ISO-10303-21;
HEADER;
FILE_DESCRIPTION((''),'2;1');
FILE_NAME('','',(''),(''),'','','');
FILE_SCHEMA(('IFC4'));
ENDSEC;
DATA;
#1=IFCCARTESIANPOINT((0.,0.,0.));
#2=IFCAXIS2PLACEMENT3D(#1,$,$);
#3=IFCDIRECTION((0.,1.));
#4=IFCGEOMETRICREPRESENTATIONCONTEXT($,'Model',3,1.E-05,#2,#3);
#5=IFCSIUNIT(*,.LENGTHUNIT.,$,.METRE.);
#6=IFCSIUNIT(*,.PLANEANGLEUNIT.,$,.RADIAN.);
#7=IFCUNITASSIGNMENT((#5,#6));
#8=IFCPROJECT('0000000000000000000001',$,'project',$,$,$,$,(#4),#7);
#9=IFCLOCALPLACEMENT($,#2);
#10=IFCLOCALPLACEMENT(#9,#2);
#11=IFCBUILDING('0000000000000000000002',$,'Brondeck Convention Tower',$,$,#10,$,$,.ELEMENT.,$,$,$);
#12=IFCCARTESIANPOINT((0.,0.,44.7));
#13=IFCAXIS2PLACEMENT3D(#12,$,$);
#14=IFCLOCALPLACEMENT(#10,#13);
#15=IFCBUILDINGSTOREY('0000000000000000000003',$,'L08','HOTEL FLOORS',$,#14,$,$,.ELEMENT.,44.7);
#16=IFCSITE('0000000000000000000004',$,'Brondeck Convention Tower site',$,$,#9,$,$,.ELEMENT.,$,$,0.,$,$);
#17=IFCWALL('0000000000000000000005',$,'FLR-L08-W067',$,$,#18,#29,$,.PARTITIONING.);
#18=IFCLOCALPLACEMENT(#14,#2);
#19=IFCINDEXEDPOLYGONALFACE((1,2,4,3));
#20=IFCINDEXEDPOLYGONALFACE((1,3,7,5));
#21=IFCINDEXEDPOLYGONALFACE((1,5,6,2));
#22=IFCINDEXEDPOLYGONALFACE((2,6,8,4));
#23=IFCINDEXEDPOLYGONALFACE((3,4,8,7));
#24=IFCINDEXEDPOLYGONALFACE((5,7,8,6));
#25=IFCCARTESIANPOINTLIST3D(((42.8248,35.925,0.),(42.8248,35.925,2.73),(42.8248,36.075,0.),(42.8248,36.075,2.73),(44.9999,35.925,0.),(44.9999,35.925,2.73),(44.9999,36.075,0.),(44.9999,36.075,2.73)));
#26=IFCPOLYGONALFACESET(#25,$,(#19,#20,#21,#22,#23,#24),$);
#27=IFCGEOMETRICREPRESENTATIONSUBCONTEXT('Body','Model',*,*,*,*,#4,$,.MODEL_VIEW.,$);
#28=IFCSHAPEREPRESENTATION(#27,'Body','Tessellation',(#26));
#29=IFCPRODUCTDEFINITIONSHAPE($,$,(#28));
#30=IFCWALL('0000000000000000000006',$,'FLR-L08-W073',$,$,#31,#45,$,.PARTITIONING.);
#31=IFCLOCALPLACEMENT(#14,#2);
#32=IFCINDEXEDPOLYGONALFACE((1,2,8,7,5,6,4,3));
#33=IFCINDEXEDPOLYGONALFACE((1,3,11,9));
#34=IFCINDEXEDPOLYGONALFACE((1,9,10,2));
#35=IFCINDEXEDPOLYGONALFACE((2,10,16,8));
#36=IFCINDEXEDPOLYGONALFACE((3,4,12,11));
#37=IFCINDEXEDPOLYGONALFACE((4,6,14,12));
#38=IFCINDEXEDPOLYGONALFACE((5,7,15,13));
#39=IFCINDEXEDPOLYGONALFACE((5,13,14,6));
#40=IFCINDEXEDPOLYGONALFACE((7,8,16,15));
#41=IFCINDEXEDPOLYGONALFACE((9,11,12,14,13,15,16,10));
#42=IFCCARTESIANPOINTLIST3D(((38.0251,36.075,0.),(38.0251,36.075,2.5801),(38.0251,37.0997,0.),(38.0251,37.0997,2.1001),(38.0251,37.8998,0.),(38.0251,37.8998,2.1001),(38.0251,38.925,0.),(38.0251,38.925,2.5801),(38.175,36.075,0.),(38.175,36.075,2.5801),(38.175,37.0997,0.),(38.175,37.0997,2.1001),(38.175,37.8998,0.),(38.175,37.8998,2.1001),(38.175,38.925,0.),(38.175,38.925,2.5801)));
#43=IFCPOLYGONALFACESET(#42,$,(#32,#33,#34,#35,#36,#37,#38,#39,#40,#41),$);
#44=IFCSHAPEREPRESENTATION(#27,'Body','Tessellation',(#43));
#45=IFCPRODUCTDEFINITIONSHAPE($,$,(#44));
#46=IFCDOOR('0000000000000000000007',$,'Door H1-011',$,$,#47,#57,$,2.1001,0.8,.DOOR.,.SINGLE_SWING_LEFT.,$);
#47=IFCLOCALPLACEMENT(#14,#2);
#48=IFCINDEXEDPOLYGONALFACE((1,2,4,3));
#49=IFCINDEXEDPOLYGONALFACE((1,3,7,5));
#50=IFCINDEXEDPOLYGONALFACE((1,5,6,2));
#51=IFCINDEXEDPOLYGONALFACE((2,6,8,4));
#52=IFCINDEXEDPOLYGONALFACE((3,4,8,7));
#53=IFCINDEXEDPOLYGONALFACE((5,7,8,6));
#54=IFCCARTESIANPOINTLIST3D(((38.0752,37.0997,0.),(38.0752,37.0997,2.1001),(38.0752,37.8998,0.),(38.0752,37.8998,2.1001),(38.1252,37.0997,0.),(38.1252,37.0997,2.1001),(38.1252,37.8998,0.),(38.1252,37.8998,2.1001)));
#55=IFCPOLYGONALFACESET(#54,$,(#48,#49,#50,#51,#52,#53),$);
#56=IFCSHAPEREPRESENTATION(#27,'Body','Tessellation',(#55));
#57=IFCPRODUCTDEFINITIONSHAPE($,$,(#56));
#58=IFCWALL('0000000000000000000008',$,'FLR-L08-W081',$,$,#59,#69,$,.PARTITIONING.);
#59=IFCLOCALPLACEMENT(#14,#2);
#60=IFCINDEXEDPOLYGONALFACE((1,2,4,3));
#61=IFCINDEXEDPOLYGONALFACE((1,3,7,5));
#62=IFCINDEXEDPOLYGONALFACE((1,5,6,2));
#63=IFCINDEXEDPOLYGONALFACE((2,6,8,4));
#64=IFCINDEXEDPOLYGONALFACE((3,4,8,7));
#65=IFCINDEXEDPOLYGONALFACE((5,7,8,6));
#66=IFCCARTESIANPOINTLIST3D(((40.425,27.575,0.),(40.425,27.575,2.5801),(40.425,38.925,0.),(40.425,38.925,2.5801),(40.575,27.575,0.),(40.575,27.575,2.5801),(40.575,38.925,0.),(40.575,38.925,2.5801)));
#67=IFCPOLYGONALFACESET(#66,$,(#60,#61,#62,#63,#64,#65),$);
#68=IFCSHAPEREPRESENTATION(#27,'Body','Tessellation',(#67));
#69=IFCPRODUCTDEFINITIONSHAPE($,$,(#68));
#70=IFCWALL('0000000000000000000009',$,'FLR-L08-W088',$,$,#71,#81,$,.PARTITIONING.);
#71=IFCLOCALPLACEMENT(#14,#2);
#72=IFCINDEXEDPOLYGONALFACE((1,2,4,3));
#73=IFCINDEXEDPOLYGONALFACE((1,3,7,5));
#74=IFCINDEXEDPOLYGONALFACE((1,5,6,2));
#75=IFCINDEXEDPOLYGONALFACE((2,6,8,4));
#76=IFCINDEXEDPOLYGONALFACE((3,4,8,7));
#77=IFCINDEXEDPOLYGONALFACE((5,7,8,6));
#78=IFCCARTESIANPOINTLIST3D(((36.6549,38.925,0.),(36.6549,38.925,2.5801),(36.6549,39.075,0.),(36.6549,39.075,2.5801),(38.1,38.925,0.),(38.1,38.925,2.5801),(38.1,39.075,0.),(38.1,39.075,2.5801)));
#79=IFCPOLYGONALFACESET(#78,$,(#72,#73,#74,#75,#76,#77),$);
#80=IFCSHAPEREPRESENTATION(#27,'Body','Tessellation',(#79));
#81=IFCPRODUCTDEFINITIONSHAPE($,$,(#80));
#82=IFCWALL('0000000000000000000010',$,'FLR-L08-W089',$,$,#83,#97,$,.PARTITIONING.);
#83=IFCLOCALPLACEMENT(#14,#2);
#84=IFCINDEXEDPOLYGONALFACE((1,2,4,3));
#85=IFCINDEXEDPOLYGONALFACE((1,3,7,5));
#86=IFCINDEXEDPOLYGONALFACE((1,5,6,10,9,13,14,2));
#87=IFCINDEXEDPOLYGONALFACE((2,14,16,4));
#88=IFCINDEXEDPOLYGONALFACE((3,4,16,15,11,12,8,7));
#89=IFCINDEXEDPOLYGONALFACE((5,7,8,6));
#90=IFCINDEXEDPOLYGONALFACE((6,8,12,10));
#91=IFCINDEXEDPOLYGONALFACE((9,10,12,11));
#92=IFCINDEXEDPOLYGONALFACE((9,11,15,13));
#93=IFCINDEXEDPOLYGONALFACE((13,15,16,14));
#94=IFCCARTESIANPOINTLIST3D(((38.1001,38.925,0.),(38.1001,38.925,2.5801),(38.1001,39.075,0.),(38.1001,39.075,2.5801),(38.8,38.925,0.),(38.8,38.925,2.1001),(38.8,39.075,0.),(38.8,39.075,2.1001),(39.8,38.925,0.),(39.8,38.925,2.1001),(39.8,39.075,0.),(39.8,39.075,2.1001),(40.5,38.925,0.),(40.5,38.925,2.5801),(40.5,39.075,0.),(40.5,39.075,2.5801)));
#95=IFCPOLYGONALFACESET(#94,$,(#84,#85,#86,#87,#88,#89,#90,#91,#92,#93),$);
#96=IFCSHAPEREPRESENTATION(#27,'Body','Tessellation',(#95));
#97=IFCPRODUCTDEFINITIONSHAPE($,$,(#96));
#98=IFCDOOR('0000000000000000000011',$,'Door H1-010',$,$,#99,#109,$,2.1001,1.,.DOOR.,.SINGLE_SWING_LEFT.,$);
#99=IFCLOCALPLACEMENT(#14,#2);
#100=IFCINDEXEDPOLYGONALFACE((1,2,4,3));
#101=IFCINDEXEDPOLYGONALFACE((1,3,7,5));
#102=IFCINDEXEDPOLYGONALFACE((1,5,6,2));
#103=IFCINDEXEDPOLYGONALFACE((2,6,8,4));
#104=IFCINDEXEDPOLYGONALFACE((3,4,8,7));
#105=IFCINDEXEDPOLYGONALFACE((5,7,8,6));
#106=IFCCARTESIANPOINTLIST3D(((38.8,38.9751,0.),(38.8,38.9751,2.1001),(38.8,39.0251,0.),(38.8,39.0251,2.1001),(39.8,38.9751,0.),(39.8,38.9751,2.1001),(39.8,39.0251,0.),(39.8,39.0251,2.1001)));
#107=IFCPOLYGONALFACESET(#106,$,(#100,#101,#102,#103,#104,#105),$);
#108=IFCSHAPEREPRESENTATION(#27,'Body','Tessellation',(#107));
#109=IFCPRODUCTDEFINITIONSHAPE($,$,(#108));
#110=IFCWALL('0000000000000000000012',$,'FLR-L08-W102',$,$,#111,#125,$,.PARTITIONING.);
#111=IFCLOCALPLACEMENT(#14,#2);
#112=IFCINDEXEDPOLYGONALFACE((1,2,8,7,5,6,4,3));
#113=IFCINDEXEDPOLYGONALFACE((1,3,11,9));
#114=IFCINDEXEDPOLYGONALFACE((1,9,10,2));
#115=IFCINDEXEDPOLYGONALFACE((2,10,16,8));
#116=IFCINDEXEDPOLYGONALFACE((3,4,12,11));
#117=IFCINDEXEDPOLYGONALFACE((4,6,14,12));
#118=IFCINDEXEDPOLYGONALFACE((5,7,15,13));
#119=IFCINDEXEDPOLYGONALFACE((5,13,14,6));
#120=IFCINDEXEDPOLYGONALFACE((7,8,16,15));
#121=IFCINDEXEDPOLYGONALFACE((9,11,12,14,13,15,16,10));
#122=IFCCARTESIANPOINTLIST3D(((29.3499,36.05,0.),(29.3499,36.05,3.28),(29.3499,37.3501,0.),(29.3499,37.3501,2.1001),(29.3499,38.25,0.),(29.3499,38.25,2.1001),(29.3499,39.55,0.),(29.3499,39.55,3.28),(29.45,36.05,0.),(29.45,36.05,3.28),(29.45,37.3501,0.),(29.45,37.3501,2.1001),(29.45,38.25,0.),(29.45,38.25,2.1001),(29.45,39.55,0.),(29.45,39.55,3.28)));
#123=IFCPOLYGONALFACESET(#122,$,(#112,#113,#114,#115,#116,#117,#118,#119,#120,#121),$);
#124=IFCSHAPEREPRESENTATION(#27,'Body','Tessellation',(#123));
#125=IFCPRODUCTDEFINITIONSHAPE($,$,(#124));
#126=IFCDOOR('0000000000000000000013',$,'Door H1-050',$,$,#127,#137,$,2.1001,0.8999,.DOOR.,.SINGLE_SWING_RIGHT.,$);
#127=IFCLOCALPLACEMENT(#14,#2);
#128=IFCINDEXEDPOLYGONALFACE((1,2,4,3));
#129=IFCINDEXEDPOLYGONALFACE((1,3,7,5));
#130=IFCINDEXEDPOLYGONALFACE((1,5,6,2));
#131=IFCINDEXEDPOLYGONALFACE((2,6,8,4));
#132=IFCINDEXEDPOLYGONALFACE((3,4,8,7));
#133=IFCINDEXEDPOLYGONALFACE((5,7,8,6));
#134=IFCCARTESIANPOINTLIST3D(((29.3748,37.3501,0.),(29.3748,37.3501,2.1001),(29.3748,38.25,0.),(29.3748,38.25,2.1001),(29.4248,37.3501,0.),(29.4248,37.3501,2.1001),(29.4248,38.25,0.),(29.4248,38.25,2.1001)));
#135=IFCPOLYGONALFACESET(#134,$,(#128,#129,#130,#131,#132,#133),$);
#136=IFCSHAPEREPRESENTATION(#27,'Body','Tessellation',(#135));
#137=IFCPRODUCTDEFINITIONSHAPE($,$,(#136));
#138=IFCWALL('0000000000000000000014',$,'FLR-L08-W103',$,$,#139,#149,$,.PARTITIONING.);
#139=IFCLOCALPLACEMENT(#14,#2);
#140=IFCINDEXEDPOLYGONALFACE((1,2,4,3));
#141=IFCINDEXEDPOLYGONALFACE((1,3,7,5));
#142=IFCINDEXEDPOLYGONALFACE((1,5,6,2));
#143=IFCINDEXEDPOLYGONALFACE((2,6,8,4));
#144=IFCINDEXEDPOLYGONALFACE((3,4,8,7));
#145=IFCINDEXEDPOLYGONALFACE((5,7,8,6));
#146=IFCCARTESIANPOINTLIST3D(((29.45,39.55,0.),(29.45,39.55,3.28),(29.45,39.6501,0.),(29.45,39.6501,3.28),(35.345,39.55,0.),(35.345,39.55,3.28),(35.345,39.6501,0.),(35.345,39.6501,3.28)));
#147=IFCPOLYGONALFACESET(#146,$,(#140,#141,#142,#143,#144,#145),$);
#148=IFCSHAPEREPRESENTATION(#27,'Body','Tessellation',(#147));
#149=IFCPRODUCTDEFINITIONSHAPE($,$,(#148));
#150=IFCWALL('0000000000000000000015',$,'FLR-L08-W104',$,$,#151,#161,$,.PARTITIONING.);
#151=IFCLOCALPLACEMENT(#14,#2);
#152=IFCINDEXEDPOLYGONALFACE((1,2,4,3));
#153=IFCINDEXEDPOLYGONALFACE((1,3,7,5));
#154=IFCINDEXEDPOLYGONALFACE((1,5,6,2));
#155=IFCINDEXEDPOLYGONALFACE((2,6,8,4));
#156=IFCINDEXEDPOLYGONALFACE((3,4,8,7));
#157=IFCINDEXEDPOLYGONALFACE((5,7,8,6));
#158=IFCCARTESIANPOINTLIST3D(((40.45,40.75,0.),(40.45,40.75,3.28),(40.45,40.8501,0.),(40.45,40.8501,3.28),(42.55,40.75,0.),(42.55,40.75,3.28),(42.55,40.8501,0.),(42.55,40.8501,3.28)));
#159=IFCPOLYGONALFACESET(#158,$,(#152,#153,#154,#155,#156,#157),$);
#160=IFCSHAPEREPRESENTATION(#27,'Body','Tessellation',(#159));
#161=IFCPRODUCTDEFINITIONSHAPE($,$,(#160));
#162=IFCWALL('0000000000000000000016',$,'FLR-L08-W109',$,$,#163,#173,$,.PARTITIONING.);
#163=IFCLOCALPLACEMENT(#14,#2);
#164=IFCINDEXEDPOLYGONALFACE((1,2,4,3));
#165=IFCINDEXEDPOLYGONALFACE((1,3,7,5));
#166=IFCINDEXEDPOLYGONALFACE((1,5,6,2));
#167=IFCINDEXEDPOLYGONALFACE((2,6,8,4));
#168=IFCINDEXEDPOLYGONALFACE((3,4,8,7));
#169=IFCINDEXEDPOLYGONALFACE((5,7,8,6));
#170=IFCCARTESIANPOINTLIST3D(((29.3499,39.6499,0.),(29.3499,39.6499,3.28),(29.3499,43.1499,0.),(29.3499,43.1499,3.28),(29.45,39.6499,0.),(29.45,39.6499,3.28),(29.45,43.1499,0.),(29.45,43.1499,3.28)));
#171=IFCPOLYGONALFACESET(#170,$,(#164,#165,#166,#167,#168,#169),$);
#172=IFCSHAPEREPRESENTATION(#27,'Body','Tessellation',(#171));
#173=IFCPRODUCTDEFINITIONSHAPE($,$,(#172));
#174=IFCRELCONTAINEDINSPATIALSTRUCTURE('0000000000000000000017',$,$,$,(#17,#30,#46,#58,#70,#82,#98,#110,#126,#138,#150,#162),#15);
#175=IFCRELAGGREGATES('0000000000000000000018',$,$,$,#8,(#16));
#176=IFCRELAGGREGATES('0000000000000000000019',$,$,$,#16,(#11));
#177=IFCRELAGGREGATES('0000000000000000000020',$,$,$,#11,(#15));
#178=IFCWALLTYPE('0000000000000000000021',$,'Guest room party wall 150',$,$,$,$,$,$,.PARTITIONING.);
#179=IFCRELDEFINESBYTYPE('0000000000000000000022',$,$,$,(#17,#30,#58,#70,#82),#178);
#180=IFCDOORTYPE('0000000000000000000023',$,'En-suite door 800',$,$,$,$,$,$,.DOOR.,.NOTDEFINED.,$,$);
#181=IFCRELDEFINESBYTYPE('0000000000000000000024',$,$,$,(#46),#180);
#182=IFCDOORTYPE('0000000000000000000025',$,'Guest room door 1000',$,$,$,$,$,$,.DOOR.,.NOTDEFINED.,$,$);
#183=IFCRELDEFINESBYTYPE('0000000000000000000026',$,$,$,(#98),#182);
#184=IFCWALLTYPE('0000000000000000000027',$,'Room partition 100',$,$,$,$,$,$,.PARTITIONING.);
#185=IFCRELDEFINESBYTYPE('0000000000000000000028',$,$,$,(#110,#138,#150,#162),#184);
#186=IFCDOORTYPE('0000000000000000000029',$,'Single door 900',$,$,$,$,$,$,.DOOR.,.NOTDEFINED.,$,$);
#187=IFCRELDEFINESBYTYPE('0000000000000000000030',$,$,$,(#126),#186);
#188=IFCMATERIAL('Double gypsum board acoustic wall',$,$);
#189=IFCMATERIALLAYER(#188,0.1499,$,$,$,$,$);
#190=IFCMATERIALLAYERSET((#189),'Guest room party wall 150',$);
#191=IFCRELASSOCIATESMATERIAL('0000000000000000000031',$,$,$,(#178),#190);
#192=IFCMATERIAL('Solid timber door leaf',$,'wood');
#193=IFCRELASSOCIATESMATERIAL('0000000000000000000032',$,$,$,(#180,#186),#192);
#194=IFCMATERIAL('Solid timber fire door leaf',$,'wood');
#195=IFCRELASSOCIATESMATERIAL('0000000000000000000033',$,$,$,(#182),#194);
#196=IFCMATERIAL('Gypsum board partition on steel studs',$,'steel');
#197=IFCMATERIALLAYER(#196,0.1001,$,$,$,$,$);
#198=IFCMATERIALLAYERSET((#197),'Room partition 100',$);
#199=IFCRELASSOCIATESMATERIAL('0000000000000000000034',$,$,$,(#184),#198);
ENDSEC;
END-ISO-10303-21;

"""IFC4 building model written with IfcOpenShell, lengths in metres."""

from ifc_helpers import new_model, si_unit, direction, frame, frame_2d, origin, place, context, subcontext, project, spatial, rectangle, extrude, material, layer, layer_set, type_object, element, fill, save


model = new_model("IFC4")

# Units and contexts
model_context = context("Model", 3, precision=1e-05, world=origin(), true_north=direction((0.0, 1.0)))
body_context = subcontext(model_context, "Body", "Model", "MODEL_VIEW")
ifc_project = project(units=[si_unit("LENGTHUNIT", "METRE"), si_unit("PLANEANGLEUNIT", "RADIAN")], contexts=[model_context])

# Site, building, storey
site_placement = place(None, origin())
site = spatial("IfcSite", under=ifc_project, at=site_placement, Name="Brondeck Convention Tower site", CompositionType="ELEMENT", RefElevation=0.0)
building_placement = place(site_placement, origin())
building = spatial("IfcBuilding", under=site, at=building_placement, Name="Brondeck Convention Tower", CompositionType="ELEMENT")
storey_placement = place(building_placement, frame((0.0, 0.0, 44.7)))
storey = spatial("IfcBuildingStorey", under=building, at=storey_placement, Name="L08", Description="HOTEL FLOORS", CompositionType="ELEMENT", Elevation=44.7)

# Wall
ifc_material_1 = material(Name="Double gypsum board acoustic wall")
ifc_layer_1 = layer(ifc_material_1, 0.1499)
ifc_layer_set_1 = layer_set([ifc_layer_1], Name="Guest room party wall 150")
wall_type_1 = type_object("IfcWallType", Name="Guest room party wall 150", PredefinedType="PARTITIONING", material=ifc_layer_set_1)
wall_1_placement = place(storey_placement, frame((42.825, 36.0, 0.0), z_axis=(0.0, 0.0, 1.0), x_axis=(1.0, 0.0, 0.0)))
element("IfcWall", 1, at=wall_1_placement, inside=storey, type_object=wall_type_1, Name="FLR-L08-W067", PredefinedType="PARTITIONING", context=body_context, shape_type="SweptSolid", body=[
    extrude(rectangle(XDim=2.175, YDim=0.1499, at=frame_2d((1.0874, 0.0))), origin(), (0.0, 0.0, 1.0), 2.73),
])

# Wall, opening, door
wall_2_placement = place(storey_placement, frame((38.1001, 36.075, 0.0), z_axis=(0.0, 0.0, 1.0), x_axis=(0.0, 1.0, 0.0)))
wall_2 = element("IfcWall", 2, at=wall_2_placement, inside=storey, type_object=wall_type_1, Name="FLR-L08-W073", PredefinedType="PARTITIONING", context=body_context, shape_type="SweptSolid", body=[
    extrude(rectangle(XDim=2.8501, YDim=0.1499, at=frame_2d((1.425, 0.0))), origin(), (0.0, 0.0, 1.0), 2.5801),
])
opening_1_placement = place(wall_2_placement, frame((1.0249, 0.0, 0.0)))
opening_1 = element("IfcOpeningElement", 3, at=opening_1_placement, cuts=wall_2, PredefinedType="OPENING", context=body_context, shape_type="SweptSolid", body=[
    extrude(rectangle(XDim=0.8, YDim=2.1001, at=frame_2d((0.3999, 1.05))), frame((0.0, 0.085, 0.0), z_axis=(0.0, -1.0, 0.0), x_axis=(1.0, 0.0, 0.0)), (0.0, 0.0, 1.0), 0.1699),
])
ifc_material_2 = material(Name="Solid timber door leaf", Category="wood")
door_type_1 = type_object("IfcDoorType", Name="En-suite door 800", OperationType="NOTDEFINED", PredefinedType="DOOR", material=ifc_material_2)
door_1_placement = place(opening_1_placement, origin())
door_1 = element("IfcDoor", 4, at=door_1_placement, inside=storey, type_object=door_type_1, Name="Door H1-011", OperationType="SINGLE_SWING_LEFT", OverallHeight=2.1001, OverallWidth=0.8, PredefinedType="DOOR", context=body_context, shape_type="SweptSolid", body=[
    extrude(rectangle(XDim=0.8, YDim=2.1001, at=frame_2d((0.3999, 1.05))), frame((0.0, 0.0249, 0.0), z_axis=(0.0, -1.0, 0.0), x_axis=(1.0, 0.0, 0.0)), (0.0, 0.0, 1.0), 0.05),
])
fill(opening_1, door_1)

# Walls
wall_3_placement = place(storey_placement, frame((40.5, 38.925, 0.0), z_axis=(0.0, 0.0, 1.0), x_axis=(0.0, -1.0, 0.0)))
element("IfcWall", 5, at=wall_3_placement, inside=storey, type_object=wall_type_1, Name="FLR-L08-W081", PredefinedType="PARTITIONING", context=body_context, shape_type="SweptSolid", body=[
    extrude(rectangle(XDim=11.3501, YDim=0.1499, at=frame_2d((5.675, 0.0))), origin(), (0.0, 0.0, 1.0), 2.5801),
])
wall_4_placement = place(storey_placement, frame((38.1001, 39.0, 0.0), z_axis=(0.0, 0.0, 1.0), x_axis=(-1.0, 0.0, 0.0)))
element("IfcWall", 6, at=wall_4_placement, inside=storey, type_object=wall_type_1, Name="FLR-L08-W088", PredefinedType="PARTITIONING", context=body_context, shape_type="SweptSolid", body=[
    extrude(rectangle(XDim=1.4451, YDim=0.1499, at=frame_2d((0.7227, 0.0))), origin(), (0.0, 0.0, 1.0), 2.5801),
])

# Walls, openings, doors
wall_5_placement = place(storey_placement, frame((40.5, 39.0, 0.0), z_axis=(0.0, 0.0, 1.0), x_axis=(-1.0, 0.0, 0.0)))
wall_5 = element("IfcWall", 7, at=wall_5_placement, inside=storey, type_object=wall_type_1, Name="FLR-L08-W089", PredefinedType="PARTITIONING", context=body_context, shape_type="SweptSolid", body=[
    extrude(rectangle(XDim=2.3999, YDim=0.1499, at=frame_2d((1.2, 0.0))), origin(), (0.0, 0.0, 1.0), 2.5801),
])
opening_2_placement = place(wall_5_placement, frame((0.7, 0.0, 0.0)))
opening_2 = element("IfcOpeningElement", 8, at=opening_2_placement, cuts=wall_5, PredefinedType="OPENING", context=body_context, shape_type="SweptSolid", body=[
    extrude(rectangle(XDim=1.0, YDim=2.1001, at=frame_2d((0.5, 1.05))), frame((0.0, 0.085, 0.0), z_axis=(0.0, -1.0, 0.0), x_axis=(1.0, 0.0, 0.0)), (0.0, 0.0, 1.0), 0.1699),
])
ifc_material_3 = material(Name="Solid timber fire door leaf", Category="wood")
door_type_2 = type_object("IfcDoorType", Name="Guest room door 1000", OperationType="NOTDEFINED", PredefinedType="DOOR", material=ifc_material_3)
door_2_placement = place(opening_2_placement, origin())
door_2 = element("IfcDoor", 9, at=door_2_placement, inside=storey, type_object=door_type_2, Name="Door H1-010", OperationType="SINGLE_SWING_LEFT", OverallHeight=2.1001, OverallWidth=1.0, PredefinedType="DOOR", context=body_context, shape_type="SweptSolid", body=[
    extrude(rectangle(XDim=1.0, YDim=2.1001, at=frame_2d((0.5, 1.05))), frame((0.0, 0.0249, 0.0), z_axis=(0.0, -1.0, 0.0), x_axis=(1.0, 0.0, 0.0)), (0.0, 0.0, 1.0), 0.05),
])
fill(opening_2, door_2)
ifc_material_4 = material(Name="Gypsum board partition on steel studs", Category="steel")
ifc_layer_2 = layer(ifc_material_4, 0.1001)
ifc_layer_set_2 = layer_set([ifc_layer_2], Name="Room partition 100")
wall_type_2 = type_object("IfcWallType", Name="Room partition 100", PredefinedType="PARTITIONING", material=ifc_layer_set_2)
wall_6_placement = place(storey_placement, frame((29.3999, 39.55, 0.0), z_axis=(0.0, 0.0, 1.0), x_axis=(0.0, -1.0, 0.0)))
wall_6 = element("IfcWall", 10, at=wall_6_placement, inside=storey, type_object=wall_type_2, Name="FLR-L08-W102", PredefinedType="PARTITIONING", context=body_context, shape_type="SweptSolid", body=[
    extrude(rectangle(XDim=3.5, YDim=0.1001, at=frame_2d((1.75, 0.0))), origin(), (0.0, 0.0, 1.0), 3.28),
])
opening_3_placement = place(wall_6_placement, frame((1.3, 0.0, 0.0)))
opening_3 = element("IfcOpeningElement", 11, at=opening_3_placement, cuts=wall_6, PredefinedType="OPENING", context=body_context, shape_type="SweptSolid", body=[
    extrude(rectangle(XDim=0.8999, YDim=2.1001, at=frame_2d((0.45, 1.05))), frame((0.0, 0.0601, 0.0), z_axis=(0.0, -1.0, 0.0), x_axis=(1.0, 0.0, 0.0)), (0.0, 0.0, 1.0), 0.1201),
])
door_type_3 = type_object("IfcDoorType", Name="Single door 900", OperationType="NOTDEFINED", PredefinedType="DOOR", material=ifc_material_2)
door_3_placement = place(opening_3_placement, origin())
door_3 = element("IfcDoor", 12, at=door_3_placement, inside=storey, type_object=door_type_3, Name="Door H1-050", OperationType="SINGLE_SWING_RIGHT", OverallHeight=2.1001, OverallWidth=0.8999, PredefinedType="DOOR", context=body_context, shape_type="SweptSolid", body=[
    extrude(rectangle(XDim=0.8999, YDim=2.1001, at=frame_2d((0.45, 1.05))), frame((0.0, 0.0249, 0.0), z_axis=(0.0, -1.0, 0.0), x_axis=(1.0, 0.0, 0.0)), (0.0, 0.0, 1.0), 0.05),
])
fill(opening_3, door_3)

# Walls
wall_7_placement = place(storey_placement, frame((35.345, 39.6001, 0.0), z_axis=(0.0, 0.0, 1.0), x_axis=(-1.0, 0.0, 0.0)))
element("IfcWall", 13, at=wall_7_placement, inside=storey, type_object=wall_type_2, Name="FLR-L08-W103", PredefinedType="PARTITIONING", context=body_context, shape_type="SweptSolid", body=[
    extrude(rectangle(XDim=5.895, YDim=0.1001, at=frame_2d((2.9475, 0.0))), origin(), (0.0, 0.0, 1.0), 3.28),
])
wall_8_placement = place(storey_placement, frame((40.45, 40.8, 0.0), z_axis=(0.0, 0.0, 1.0), x_axis=(1.0, 0.0, 0.0)))
element("IfcWall", 14, at=wall_8_placement, inside=storey, type_object=wall_type_2, Name="FLR-L08-W104", PredefinedType="PARTITIONING", context=body_context, shape_type="SweptSolid", body=[
    extrude(rectangle(XDim=2.1001, YDim=0.1001, at=frame_2d((1.05, 0.0))), origin(), (0.0, 0.0, 1.0), 3.28),
])
wall_9_placement = place(storey_placement, frame((29.3999, 43.1499, 0.0), z_axis=(0.0, 0.0, 1.0), x_axis=(0.0, -1.0, 0.0)))
element("IfcWall", 15, at=wall_9_placement, inside=storey, type_object=wall_type_2, Name="FLR-L08-W109", PredefinedType="PARTITIONING", context=body_context, shape_type="SweptSolid", body=[
    extrude(rectangle(XDim=3.5, YDim=0.1001, at=frame_2d((1.75, 0.0))), origin(), (0.0, 0.0, 1.0), 3.28),
])

save(model, "model.ifc")
